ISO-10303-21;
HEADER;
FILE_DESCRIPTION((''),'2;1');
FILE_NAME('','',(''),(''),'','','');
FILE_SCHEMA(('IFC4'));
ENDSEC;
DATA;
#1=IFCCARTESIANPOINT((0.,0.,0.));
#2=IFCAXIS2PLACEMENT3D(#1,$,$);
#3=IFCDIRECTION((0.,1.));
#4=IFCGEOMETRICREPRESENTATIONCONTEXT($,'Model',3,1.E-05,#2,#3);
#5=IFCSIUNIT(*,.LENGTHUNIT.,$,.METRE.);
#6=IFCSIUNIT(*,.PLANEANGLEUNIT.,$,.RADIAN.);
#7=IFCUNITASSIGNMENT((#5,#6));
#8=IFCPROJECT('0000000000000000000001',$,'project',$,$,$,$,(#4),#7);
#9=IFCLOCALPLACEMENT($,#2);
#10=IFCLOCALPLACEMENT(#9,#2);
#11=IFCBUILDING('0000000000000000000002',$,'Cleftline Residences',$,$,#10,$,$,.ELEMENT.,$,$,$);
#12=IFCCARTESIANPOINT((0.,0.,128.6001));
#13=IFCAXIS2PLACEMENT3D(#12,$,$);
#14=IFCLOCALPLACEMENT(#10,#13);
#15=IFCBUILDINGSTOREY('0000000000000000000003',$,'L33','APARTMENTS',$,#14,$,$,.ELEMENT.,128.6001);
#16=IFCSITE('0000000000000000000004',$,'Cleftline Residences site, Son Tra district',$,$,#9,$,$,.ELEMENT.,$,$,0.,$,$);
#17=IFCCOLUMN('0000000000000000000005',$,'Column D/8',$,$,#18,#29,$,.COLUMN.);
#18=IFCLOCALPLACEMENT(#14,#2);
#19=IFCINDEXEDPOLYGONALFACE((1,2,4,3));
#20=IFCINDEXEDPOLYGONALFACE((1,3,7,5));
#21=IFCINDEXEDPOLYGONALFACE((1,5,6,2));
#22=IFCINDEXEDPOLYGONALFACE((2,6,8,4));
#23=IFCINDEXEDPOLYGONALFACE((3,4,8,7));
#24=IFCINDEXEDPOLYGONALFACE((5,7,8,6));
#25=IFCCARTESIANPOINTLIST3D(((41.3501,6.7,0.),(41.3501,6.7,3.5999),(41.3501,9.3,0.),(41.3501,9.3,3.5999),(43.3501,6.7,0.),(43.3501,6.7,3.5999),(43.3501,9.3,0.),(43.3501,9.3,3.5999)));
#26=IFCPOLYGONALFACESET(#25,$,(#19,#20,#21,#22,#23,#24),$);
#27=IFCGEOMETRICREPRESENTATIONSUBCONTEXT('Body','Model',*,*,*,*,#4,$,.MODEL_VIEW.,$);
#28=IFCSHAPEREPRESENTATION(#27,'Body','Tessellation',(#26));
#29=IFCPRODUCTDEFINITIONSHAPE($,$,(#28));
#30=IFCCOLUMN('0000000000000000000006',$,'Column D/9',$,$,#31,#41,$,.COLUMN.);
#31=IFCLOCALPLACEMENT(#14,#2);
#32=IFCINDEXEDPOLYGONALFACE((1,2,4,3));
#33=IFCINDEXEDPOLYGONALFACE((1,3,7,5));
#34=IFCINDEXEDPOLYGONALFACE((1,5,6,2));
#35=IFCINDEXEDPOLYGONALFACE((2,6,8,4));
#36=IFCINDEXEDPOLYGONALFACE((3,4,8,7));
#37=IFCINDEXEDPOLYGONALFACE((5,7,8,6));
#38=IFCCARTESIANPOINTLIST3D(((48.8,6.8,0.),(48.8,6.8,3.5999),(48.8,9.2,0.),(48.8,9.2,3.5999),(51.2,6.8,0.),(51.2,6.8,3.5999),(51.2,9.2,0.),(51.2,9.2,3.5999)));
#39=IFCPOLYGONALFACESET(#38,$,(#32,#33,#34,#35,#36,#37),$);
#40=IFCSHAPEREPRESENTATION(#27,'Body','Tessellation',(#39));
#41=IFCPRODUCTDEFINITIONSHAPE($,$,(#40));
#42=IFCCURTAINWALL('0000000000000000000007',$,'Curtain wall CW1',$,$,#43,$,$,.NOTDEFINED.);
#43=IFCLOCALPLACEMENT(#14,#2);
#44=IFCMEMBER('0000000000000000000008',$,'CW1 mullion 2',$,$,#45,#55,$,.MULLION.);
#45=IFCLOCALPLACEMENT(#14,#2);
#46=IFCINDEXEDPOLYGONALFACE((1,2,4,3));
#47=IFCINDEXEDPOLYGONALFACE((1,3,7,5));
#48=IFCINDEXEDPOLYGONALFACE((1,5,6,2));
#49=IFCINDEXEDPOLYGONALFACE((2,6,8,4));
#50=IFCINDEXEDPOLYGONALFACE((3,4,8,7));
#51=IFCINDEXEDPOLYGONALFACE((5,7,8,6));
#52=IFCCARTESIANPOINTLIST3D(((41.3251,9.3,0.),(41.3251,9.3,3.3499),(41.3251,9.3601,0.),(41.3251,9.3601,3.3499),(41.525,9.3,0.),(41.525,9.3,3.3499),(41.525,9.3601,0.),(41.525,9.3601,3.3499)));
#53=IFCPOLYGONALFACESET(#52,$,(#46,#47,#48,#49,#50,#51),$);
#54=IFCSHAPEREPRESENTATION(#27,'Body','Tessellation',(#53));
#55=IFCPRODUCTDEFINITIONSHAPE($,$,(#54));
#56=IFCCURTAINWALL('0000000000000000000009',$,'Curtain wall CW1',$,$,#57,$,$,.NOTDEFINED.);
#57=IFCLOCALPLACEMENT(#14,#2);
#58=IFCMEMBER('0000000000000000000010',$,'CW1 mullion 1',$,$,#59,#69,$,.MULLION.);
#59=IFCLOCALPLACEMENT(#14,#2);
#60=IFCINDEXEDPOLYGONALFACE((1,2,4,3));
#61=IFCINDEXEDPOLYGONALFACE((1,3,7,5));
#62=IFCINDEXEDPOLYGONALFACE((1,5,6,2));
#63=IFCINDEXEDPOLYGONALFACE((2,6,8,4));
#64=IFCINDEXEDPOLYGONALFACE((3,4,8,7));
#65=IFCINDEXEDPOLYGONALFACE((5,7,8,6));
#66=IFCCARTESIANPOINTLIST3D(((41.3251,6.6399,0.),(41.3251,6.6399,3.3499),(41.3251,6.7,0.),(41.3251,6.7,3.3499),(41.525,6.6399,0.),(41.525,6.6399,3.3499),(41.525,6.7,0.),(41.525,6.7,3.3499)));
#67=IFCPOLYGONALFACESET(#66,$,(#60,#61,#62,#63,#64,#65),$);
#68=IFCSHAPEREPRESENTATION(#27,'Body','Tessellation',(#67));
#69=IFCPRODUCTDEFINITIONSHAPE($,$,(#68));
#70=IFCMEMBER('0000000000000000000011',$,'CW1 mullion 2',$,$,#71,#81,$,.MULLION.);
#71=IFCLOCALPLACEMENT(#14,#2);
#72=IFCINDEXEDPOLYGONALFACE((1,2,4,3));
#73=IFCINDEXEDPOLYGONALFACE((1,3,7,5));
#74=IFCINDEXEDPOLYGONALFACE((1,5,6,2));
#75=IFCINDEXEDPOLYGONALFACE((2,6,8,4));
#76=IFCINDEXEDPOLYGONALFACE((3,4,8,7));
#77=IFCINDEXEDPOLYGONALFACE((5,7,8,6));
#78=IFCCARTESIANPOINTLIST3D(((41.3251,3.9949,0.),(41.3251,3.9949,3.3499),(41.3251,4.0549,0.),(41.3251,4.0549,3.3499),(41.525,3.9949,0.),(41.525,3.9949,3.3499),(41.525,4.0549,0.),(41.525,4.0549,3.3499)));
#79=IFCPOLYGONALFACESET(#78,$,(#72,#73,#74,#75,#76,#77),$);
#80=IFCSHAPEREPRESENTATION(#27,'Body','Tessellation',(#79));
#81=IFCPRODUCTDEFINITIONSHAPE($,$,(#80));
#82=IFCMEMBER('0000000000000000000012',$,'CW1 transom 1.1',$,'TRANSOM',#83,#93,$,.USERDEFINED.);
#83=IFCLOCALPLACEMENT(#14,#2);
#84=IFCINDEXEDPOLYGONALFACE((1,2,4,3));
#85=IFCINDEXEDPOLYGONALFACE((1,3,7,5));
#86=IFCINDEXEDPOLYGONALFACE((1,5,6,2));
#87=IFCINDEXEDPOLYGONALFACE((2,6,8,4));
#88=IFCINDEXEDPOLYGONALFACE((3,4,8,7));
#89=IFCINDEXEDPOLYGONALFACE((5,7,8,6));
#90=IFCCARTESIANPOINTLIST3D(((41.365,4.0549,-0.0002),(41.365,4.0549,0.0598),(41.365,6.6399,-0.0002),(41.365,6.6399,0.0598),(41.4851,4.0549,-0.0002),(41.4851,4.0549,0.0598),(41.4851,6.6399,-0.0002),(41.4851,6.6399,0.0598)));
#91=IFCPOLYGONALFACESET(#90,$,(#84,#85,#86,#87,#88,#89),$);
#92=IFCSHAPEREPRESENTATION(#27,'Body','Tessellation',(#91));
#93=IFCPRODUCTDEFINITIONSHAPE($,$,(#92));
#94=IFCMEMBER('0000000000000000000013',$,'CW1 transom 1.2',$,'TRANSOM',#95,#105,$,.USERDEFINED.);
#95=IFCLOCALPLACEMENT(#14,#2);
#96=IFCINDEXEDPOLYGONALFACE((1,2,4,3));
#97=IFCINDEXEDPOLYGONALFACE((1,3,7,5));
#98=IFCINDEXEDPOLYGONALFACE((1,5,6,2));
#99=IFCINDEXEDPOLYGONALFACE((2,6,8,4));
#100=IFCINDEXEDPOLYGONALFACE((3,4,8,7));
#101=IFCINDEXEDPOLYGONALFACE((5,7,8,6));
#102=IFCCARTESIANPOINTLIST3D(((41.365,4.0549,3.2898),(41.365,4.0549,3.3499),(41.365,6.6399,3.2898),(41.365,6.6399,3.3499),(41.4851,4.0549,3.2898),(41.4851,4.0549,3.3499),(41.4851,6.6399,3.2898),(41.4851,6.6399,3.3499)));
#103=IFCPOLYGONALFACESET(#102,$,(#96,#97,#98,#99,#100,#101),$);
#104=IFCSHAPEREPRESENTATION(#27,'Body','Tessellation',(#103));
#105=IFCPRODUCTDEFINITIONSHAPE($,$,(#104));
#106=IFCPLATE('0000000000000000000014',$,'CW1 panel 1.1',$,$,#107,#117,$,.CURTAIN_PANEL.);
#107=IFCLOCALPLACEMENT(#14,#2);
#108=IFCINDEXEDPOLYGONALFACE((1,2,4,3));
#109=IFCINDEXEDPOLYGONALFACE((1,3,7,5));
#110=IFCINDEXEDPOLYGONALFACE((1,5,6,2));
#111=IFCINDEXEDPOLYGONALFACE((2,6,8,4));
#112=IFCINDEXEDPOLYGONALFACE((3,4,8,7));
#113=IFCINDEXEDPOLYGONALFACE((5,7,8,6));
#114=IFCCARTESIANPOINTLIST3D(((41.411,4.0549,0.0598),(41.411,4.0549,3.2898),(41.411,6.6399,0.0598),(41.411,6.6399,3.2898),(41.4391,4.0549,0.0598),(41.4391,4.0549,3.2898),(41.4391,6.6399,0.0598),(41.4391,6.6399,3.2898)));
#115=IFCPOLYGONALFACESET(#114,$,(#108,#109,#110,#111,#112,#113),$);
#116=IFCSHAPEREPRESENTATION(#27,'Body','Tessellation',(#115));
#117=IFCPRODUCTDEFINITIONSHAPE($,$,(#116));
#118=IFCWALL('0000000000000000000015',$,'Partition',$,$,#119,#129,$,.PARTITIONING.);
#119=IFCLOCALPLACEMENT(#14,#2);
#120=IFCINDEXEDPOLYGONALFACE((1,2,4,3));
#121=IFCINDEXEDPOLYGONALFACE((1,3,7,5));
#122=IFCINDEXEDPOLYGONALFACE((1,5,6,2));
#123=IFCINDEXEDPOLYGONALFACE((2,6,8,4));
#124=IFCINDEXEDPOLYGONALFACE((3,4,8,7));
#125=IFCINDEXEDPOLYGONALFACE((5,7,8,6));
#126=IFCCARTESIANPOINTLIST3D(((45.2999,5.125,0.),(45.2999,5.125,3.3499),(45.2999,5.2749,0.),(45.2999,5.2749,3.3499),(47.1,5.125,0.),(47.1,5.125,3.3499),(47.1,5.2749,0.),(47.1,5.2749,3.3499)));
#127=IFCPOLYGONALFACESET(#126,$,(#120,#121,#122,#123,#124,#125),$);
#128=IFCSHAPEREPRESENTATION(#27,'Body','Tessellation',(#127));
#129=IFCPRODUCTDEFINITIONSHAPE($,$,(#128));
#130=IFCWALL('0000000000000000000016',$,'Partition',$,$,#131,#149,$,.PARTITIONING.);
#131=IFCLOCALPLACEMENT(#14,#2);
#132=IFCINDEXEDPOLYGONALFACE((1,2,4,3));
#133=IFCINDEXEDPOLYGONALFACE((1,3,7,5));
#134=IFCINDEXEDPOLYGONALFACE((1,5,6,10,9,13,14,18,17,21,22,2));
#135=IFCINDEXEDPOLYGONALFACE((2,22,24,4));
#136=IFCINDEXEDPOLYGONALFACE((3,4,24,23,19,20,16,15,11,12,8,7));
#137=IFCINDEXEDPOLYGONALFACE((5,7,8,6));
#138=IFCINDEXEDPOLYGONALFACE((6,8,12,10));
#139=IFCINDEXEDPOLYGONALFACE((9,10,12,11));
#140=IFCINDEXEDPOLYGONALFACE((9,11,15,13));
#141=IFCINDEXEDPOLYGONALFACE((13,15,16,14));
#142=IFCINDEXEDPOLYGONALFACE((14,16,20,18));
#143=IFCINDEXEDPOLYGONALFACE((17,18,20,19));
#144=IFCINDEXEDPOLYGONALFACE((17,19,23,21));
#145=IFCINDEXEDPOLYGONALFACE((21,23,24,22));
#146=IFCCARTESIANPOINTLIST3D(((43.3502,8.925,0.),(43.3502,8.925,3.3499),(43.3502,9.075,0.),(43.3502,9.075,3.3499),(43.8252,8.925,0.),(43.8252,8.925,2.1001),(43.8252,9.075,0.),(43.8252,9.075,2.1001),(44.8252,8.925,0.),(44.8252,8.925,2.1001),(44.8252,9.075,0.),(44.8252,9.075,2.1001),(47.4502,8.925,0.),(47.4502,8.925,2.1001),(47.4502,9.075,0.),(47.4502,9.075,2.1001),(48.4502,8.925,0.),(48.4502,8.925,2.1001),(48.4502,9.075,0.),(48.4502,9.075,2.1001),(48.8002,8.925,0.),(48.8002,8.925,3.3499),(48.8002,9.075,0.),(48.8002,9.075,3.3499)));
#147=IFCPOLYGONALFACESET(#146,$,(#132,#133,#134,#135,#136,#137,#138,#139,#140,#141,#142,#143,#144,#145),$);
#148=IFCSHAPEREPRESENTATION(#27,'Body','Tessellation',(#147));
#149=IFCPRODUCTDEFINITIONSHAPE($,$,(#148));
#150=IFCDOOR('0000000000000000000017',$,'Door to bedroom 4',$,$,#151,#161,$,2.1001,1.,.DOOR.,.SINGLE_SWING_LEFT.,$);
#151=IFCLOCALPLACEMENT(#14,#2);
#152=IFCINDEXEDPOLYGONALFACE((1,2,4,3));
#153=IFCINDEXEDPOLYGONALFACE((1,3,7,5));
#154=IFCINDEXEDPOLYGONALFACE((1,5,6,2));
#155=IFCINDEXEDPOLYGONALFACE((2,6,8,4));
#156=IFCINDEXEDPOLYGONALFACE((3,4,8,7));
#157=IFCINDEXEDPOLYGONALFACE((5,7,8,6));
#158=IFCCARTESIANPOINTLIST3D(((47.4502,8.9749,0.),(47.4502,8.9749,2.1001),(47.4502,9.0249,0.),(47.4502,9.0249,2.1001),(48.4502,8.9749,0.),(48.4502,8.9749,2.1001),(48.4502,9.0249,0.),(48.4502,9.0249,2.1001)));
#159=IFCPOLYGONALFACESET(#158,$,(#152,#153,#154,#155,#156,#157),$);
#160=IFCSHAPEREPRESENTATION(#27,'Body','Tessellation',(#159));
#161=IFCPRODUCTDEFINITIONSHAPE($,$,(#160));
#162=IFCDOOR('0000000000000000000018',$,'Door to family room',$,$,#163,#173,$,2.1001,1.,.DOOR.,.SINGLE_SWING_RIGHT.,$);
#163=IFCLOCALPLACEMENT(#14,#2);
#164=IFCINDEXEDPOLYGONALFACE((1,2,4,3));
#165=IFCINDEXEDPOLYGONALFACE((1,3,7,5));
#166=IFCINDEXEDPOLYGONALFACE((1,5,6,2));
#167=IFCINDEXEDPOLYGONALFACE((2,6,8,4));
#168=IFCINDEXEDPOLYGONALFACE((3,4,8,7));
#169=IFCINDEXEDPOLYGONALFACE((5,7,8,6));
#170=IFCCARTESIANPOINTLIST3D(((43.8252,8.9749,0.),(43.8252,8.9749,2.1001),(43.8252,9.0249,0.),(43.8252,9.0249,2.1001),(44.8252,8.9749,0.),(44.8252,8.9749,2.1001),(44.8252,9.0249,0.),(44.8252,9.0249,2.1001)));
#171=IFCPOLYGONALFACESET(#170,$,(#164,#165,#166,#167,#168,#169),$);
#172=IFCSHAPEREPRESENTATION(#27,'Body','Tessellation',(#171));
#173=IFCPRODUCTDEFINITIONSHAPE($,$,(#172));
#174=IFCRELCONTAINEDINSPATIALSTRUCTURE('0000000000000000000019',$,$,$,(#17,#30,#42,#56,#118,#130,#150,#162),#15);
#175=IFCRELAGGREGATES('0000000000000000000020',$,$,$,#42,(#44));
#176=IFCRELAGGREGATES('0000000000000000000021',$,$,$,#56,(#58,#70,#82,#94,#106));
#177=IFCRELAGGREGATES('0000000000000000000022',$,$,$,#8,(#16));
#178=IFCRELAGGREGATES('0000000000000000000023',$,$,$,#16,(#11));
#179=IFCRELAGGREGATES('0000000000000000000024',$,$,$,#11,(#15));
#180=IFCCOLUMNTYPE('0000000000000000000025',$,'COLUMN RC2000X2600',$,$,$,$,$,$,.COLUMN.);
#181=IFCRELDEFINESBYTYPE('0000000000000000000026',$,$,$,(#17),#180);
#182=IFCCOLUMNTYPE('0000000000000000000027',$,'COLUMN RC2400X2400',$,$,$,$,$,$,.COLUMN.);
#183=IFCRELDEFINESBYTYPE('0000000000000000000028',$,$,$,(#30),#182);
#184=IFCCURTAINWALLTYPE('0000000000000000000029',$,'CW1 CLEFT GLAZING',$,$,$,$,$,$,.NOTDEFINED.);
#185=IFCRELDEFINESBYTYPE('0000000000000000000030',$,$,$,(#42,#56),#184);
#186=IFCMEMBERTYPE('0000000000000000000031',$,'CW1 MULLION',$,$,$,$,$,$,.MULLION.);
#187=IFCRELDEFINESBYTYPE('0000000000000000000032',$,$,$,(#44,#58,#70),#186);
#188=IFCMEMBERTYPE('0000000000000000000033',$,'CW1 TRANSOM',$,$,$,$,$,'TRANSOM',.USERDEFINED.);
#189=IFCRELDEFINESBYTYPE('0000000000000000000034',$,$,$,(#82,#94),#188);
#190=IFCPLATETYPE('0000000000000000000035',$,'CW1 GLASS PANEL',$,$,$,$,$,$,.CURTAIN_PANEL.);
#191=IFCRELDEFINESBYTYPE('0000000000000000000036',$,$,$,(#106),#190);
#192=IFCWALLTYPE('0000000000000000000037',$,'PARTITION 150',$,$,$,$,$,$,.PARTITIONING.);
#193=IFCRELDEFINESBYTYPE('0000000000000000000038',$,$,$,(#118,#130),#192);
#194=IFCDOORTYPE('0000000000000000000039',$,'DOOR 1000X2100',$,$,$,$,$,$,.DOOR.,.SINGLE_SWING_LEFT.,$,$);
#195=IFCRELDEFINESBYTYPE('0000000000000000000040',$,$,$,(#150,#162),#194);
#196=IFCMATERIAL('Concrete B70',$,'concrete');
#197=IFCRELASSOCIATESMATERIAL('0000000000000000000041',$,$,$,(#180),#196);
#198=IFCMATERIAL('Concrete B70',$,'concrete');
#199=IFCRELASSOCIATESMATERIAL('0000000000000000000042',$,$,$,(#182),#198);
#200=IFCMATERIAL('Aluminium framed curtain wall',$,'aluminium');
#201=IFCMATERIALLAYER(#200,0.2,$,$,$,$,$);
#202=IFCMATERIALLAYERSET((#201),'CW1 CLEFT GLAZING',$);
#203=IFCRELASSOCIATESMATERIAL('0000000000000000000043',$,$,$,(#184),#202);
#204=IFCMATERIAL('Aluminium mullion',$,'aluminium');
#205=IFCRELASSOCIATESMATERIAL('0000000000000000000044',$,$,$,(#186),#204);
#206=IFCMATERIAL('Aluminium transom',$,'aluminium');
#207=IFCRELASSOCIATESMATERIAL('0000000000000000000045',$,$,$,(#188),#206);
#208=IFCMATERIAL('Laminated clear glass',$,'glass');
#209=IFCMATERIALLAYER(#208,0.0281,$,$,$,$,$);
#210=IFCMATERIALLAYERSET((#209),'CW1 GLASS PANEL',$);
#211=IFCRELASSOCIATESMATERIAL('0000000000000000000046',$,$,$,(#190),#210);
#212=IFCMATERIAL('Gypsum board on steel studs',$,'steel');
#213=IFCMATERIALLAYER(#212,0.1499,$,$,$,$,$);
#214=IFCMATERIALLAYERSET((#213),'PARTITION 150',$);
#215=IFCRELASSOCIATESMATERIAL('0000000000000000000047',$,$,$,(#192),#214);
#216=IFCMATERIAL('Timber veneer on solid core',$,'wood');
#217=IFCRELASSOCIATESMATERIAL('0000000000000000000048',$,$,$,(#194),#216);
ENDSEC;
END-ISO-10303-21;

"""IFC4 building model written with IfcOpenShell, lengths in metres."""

from ifc_helpers import new_model, si_unit, direction, frame, frame_2d, origin, origin_2d, place, context, subcontext, project, spatial, rectangle, extrude, material, layer, layer_set, material_profile, profile_set, type_object, element, fill, aggregate, save


model = new_model("IFC4")

# Units and contexts
model_context = context("Model", 3, precision=1e-05, world=origin(), true_north=direction((0.0, 1.0)))
body_context = subcontext(model_context, "Body", "Model", "MODEL_VIEW")
ifc_project = project(units=[si_unit("LENGTHUNIT", "METRE"), si_unit("PLANEANGLEUNIT", "RADIAN")], contexts=[model_context])

# Site, building, storey
site_placement = place(None, origin())
site = spatial("IfcSite", under=ifc_project, at=site_placement, Name="Cleftline Residences site, Son Tra district", CompositionType="ELEMENT", RefElevation=0.0)
building_placement = place(site_placement, origin())
building = spatial("IfcBuilding", under=site, at=building_placement, Name="Cleftline Residences", CompositionType="ELEMENT")
storey_placement = place(building_placement, frame((0.0, 0.0, 128.6001)))
storey = spatial("IfcBuildingStorey", under=building, at=storey_placement, Name="L33", Description="APARTMENTS", CompositionType="ELEMENT", Elevation=128.6001)

# Columns
ifc_material_1 = material(Name="Concrete B70", Category="concrete")
ifc_material_profile_1 = material_profile(ifc_material_1, rectangle(XDim=2.0, YDim=2.6001, at=origin_2d()))
ifc_profile_set_1 = profile_set([ifc_material_profile_1], Name="Concrete B70")
column_type_1 = type_object("IfcColumnType", Name="COLUMN RC2000X2600", PredefinedType="COLUMN", material=ifc_profile_set_1)
column_1_placement = place(storey_placement, frame((42.3501, 8.0, 0.0), z_axis=(0.0, 0.0, 1.0), x_axis=(1.0, 0.0, 0.0)))
element("IfcColumn", 1, at=column_1_placement, inside=storey, type_object=column_type_1, Name="Column D/8", PredefinedType="COLUMN", context=body_context, shape_type="SweptSolid", body=[
    extrude(rectangle(XDim=2.0, YDim=2.6001, at=origin_2d()), origin(), (0.0, 0.0, 1.0), 3.5999),
])
ifc_material_2 = material(Name="Concrete B70", Category="concrete")
ifc_material_profile_2 = material_profile(ifc_material_2, rectangle(XDim=2.3999, YDim=2.3999, at=origin_2d()))
ifc_profile_set_2 = profile_set([ifc_material_profile_2], Name="Concrete B70")
column_type_2 = type_object("IfcColumnType", Name="COLUMN RC2400X2400", PredefinedType="COLUMN", material=ifc_profile_set_2)
column_2_placement = place(storey_placement, frame((50.0, 8.0, 0.0), z_axis=(0.0, 0.0, 1.0), x_axis=(1.0, 0.0, 0.0)))
element("IfcColumn", 2, at=column_2_placement, inside=storey, type_object=column_type_2, Name="Column D/9", PredefinedType="COLUMN", context=body_context, shape_type="SweptSolid", body=[
    extrude(rectangle(XDim=2.3999, YDim=2.3999, at=origin_2d()), origin(), (0.0, 0.0, 1.0), 3.5999),
])

# Curtain wall, member
ifc_material_3 = material(Name="Aluminium framed curtain wall", Category="aluminium")
ifc_layer_1 = layer(ifc_material_3, 0.2)
ifc_layer_set_1 = layer_set([ifc_layer_1], Name="CW1 CLEFT GLAZING")
curtain_wall_type = type_object("IfcCurtainWallType", Name="CW1 CLEFT GLAZING", PredefinedType="NOTDEFINED", material=ifc_layer_set_1)
curtain_wall_1_placement = place(storey_placement, origin())
curtain_wall_1 = element("IfcCurtainWall", 3, at=curtain_wall_1_placement, inside=storey, type_object=curtain_wall_type, Name="Curtain wall CW1", PredefinedType="NOTDEFINED")
ifc_material_4 = material(Name="Aluminium mullion", Category="aluminium")
ifc_material_profile_3 = material_profile(ifc_material_4, rectangle(XDim=0.2, YDim=0.0601, at=origin_2d()))
ifc_profile_set_3 = profile_set([ifc_material_profile_3], Name="Aluminium mullion")
member_type_1 = type_object("IfcMemberType", Name="CW1 MULLION", PredefinedType="MULLION", material=ifc_profile_set_3)
member_1_placement = place(storey_placement, frame((41.425, 9.3301, 0.0), z_axis=(0.0, 0.0, 1.0), x_axis=(1.0, 0.0, 0.0)))
member_1 = element("IfcMember", 4, at=member_1_placement, type_object=member_type_1, Name="CW1 mullion 2", PredefinedType="MULLION", context=body_context, shape_type="SweptSolid", body=[
    extrude(rectangle(XDim=0.2, YDim=0.0601, at=origin_2d()), origin(), (0.0, 0.0, 1.0), 3.3499),
])
aggregate(curtain_wall_1, [member_1])

# Curtain wall, members, plate
curtain_wall_2_placement = place(storey_placement, origin())
curtain_wall_2 = element("IfcCurtainWall", 5, at=curtain_wall_2_placement, inside=storey, type_object=curtain_wall_type, Name="Curtain wall CW1", PredefinedType="NOTDEFINED")
member_2_placement = place(storey_placement, frame((41.425, 6.6699, 0.0), z_axis=(0.0, 0.0, 1.0), x_axis=(1.0, 0.0, 0.0)))
member_2 = element("IfcMember", 6, at=member_2_placement, type_object=member_type_1, Name="CW1 mullion 1", PredefinedType="MULLION", context=body_context, shape_type="SweptSolid", body=[
    extrude(rectangle(XDim=0.2, YDim=0.0601, at=origin_2d()), origin(), (0.0, 0.0, 1.0), 3.3499),
])
member_3_placement = place(storey_placement, frame((41.425, 4.0249, 0.0), z_axis=(0.0, 0.0, 1.0), x_axis=(1.0, 0.0, 0.0)))
member_3 = element("IfcMember", 7, at=member_3_placement, type_object=member_type_1, Name="CW1 mullion 2", PredefinedType="MULLION", context=body_context, shape_type="SweptSolid", body=[
    extrude(rectangle(XDim=0.2, YDim=0.0601, at=origin_2d()), origin(), (0.0, 0.0, 1.0), 3.3499),
])
ifc_material_5 = material(Name="Aluminium transom", Category="aluminium")
ifc_material_profile_4 = material_profile(ifc_material_5, rectangle(XDim=0.1201, YDim=0.0601, at=origin_2d()))
ifc_profile_set_4 = profile_set([ifc_material_profile_4], Name="Aluminium transom")
member_type_2 = type_object("IfcMemberType", Name="CW1 TRANSOM", ElementType="TRANSOM", PredefinedType="USERDEFINED", material=ifc_profile_set_4)
member_4_placement = place(storey_placement, frame((41.425, 6.6399, 0.0298), z_axis=(0.0, -1.0, 0.0), x_axis=(1.0, 0.0, 0.0)))
member_4 = element("IfcMember", 8, at=member_4_placement, type_object=member_type_2, Name="CW1 transom 1.1", ObjectType="TRANSOM", PredefinedType="USERDEFINED", context=body_context, shape_type="SweptSolid", body=[
    extrude(rectangle(XDim=0.1201, YDim=0.0601, at=origin_2d()), origin(), (0.0, 0.0, 1.0), 2.585),
])
member_5_placement = place(storey_placement, frame((41.425, 6.6399, 3.3198), z_axis=(0.0, -1.0, 0.0), x_axis=(1.0, 0.0, 0.0)))
member_5 = element("IfcMember", 9, at=member_5_placement, type_object=member_type_2, Name="CW1 transom 1.2", ObjectType="TRANSOM", PredefinedType="USERDEFINED", context=body_context, shape_type="SweptSolid", body=[
    extrude(rectangle(XDim=0.1201, YDim=0.0601, at=origin_2d()), origin(), (0.0, 0.0, 1.0), 2.585),
])
ifc_material_6 = material(Name="Laminated clear glass", Category="glass")
ifc_layer_2 = layer(ifc_material_6, 0.0281)
ifc_layer_set_2 = layer_set([ifc_layer_2], Name="CW1 GLASS PANEL")
plate_type = type_object("IfcPlateType", Name="CW1 GLASS PANEL", PredefinedType="CURTAIN_PANEL", material=ifc_layer_set_2)
plate_placement = place(storey_placement, frame((41.425, 5.3474, 0.0598), z_axis=(0.0, 0.0, 1.0), x_axis=(0.0, -1.0, 0.0)))
plate = element("IfcPlate", 10, at=plate_placement, type_object=plate_type, Name="CW1 panel 1.1", PredefinedType="CURTAIN_PANEL", context=body_context, shape_type="SweptSolid", body=[
    extrude(rectangle(XDim=2.585, YDim=0.0281, at=origin_2d()), origin(), (0.0, 0.0, 1.0), 3.23),
])
aggregate(curtain_wall_2, [member_2, member_3, member_4, member_5, plate])

# Wall
ifc_material_7 = material(Name="Gypsum board on steel studs", Category="steel")
ifc_layer_3 = layer(ifc_material_7, 0.1499)
ifc_layer_set_3 = layer_set([ifc_layer_3], Name="PARTITION 150")
wall_type = type_object("IfcWallType", Name="PARTITION 150", PredefinedType="PARTITIONING", material=ifc_layer_set_3)
wall_1_placement = place(storey_placement, frame((45.3, 5.2, 0.0), z_axis=(0.0, 0.0, 1.0), x_axis=(1.0, 0.0, 0.0)))
element("IfcWall", 11, at=wall_1_placement, inside=storey, type_object=wall_type, Name="Partition", PredefinedType="PARTITIONING", context=body_context, shape_type="SweptSolid", body=[
    extrude(rectangle(XDim=1.8, YDim=0.1499, at=frame_2d((0.8999, 0.0))), origin(), (0.0, 0.0, 1.0), 3.3499),
])

# Wall, openings, doors
wall_2_placement = place(storey_placement, frame((43.3501, 9.0, 0.0), z_axis=(0.0, 0.0, 1.0), x_axis=(1.0, 0.0, 0.0)))
wall_2 = element("IfcWall", 12, at=wall_2_placement, inside=storey, type_object=wall_type, Name="Partition", PredefinedType="PARTITIONING", context=body_context, shape_type="SweptSolid", body=[
    extrude(rectangle(XDim=5.45, YDim=0.1499, at=frame_2d((2.7251, 0.0))), origin(), (0.0, 0.0, 1.0), 3.3499),
])
opening_1_placement = place(wall_2_placement, frame((4.1001, 0.0, 0.0)))
opening_1 = element("IfcOpeningElement", 13, at=opening_1_placement, cuts=wall_2, PredefinedType="OPENING", context=body_context, shape_type="SweptSolid", body=[
    extrude(rectangle(XDim=1.0, YDim=2.1001, at=frame_2d((0.5, 1.05))), frame((0.0, 0.085, 0.0), z_axis=(0.0, -1.0, 0.0), x_axis=(1.0, 0.0, 0.0)), (0.0, 0.0, 1.0), 0.1699),
])
opening_2_placement = place(wall_2_placement, frame((0.4751, 0.0, 0.0)))
opening_2 = element("IfcOpeningElement", 14, at=opening_2_placement, cuts=wall_2, PredefinedType="OPENING", context=body_context, shape_type="SweptSolid", body=[
    extrude(rectangle(XDim=1.0, YDim=2.1001, at=frame_2d((0.5, 1.05))), frame((0.0, 0.085, 0.0), z_axis=(0.0, -1.0, 0.0), x_axis=(1.0, 0.0, 0.0)), (0.0, 0.0, 1.0), 0.1699),
])
ifc_material_8 = material(Name="Timber veneer on solid core", Category="wood")
door_type_1 = type_object("IfcDoorType", Name="DOOR 1000X2100", OperationType="SINGLE_SWING_LEFT", PredefinedType="DOOR", material=ifc_material_8)
door_1_placement = place(opening_1_placement, origin())
door_1 = element("IfcDoor", 15, at=door_1_placement, inside=storey, type_object=door_type_1, Name="Door to bedroom 4", OperationType="SINGLE_SWING_LEFT", OverallHeight=2.1001, OverallWidth=1.0, PredefinedType="DOOR", context=body_context, shape_type="SweptSolid", body=[
    extrude(rectangle(XDim=1.0, YDim=2.1001, at=frame_2d((0.5, 1.05))), frame((0.0, 0.0249, 0.0), z_axis=(0.0, -1.0, 0.0), x_axis=(1.0, 0.0, 0.0)), (0.0, 0.0, 1.0), 0.05),
])
fill(opening_1, door_1)
door_2_placement = place(opening_2_placement, origin())
door_2 = element("IfcDoor", 16, at=door_2_placement, inside=storey, type_object=door_type_1, Name="Door to family room", OperationType="SINGLE_SWING_RIGHT", OverallHeight=2.1001, OverallWidth=1.0, PredefinedType="DOOR", context=body_context, shape_type="SweptSolid", body=[
    extrude(rectangle(XDim=1.0, YDim=2.1001, at=frame_2d((0.5, 1.05))), frame((0.0, 0.0249, 0.0), z_axis=(0.0, -1.0, 0.0), x_axis=(1.0, 0.0, 0.0)), (0.0, 0.0, 1.0), 0.05),
])
fill(opening_2, door_2)

save(model, "model.ifc")
